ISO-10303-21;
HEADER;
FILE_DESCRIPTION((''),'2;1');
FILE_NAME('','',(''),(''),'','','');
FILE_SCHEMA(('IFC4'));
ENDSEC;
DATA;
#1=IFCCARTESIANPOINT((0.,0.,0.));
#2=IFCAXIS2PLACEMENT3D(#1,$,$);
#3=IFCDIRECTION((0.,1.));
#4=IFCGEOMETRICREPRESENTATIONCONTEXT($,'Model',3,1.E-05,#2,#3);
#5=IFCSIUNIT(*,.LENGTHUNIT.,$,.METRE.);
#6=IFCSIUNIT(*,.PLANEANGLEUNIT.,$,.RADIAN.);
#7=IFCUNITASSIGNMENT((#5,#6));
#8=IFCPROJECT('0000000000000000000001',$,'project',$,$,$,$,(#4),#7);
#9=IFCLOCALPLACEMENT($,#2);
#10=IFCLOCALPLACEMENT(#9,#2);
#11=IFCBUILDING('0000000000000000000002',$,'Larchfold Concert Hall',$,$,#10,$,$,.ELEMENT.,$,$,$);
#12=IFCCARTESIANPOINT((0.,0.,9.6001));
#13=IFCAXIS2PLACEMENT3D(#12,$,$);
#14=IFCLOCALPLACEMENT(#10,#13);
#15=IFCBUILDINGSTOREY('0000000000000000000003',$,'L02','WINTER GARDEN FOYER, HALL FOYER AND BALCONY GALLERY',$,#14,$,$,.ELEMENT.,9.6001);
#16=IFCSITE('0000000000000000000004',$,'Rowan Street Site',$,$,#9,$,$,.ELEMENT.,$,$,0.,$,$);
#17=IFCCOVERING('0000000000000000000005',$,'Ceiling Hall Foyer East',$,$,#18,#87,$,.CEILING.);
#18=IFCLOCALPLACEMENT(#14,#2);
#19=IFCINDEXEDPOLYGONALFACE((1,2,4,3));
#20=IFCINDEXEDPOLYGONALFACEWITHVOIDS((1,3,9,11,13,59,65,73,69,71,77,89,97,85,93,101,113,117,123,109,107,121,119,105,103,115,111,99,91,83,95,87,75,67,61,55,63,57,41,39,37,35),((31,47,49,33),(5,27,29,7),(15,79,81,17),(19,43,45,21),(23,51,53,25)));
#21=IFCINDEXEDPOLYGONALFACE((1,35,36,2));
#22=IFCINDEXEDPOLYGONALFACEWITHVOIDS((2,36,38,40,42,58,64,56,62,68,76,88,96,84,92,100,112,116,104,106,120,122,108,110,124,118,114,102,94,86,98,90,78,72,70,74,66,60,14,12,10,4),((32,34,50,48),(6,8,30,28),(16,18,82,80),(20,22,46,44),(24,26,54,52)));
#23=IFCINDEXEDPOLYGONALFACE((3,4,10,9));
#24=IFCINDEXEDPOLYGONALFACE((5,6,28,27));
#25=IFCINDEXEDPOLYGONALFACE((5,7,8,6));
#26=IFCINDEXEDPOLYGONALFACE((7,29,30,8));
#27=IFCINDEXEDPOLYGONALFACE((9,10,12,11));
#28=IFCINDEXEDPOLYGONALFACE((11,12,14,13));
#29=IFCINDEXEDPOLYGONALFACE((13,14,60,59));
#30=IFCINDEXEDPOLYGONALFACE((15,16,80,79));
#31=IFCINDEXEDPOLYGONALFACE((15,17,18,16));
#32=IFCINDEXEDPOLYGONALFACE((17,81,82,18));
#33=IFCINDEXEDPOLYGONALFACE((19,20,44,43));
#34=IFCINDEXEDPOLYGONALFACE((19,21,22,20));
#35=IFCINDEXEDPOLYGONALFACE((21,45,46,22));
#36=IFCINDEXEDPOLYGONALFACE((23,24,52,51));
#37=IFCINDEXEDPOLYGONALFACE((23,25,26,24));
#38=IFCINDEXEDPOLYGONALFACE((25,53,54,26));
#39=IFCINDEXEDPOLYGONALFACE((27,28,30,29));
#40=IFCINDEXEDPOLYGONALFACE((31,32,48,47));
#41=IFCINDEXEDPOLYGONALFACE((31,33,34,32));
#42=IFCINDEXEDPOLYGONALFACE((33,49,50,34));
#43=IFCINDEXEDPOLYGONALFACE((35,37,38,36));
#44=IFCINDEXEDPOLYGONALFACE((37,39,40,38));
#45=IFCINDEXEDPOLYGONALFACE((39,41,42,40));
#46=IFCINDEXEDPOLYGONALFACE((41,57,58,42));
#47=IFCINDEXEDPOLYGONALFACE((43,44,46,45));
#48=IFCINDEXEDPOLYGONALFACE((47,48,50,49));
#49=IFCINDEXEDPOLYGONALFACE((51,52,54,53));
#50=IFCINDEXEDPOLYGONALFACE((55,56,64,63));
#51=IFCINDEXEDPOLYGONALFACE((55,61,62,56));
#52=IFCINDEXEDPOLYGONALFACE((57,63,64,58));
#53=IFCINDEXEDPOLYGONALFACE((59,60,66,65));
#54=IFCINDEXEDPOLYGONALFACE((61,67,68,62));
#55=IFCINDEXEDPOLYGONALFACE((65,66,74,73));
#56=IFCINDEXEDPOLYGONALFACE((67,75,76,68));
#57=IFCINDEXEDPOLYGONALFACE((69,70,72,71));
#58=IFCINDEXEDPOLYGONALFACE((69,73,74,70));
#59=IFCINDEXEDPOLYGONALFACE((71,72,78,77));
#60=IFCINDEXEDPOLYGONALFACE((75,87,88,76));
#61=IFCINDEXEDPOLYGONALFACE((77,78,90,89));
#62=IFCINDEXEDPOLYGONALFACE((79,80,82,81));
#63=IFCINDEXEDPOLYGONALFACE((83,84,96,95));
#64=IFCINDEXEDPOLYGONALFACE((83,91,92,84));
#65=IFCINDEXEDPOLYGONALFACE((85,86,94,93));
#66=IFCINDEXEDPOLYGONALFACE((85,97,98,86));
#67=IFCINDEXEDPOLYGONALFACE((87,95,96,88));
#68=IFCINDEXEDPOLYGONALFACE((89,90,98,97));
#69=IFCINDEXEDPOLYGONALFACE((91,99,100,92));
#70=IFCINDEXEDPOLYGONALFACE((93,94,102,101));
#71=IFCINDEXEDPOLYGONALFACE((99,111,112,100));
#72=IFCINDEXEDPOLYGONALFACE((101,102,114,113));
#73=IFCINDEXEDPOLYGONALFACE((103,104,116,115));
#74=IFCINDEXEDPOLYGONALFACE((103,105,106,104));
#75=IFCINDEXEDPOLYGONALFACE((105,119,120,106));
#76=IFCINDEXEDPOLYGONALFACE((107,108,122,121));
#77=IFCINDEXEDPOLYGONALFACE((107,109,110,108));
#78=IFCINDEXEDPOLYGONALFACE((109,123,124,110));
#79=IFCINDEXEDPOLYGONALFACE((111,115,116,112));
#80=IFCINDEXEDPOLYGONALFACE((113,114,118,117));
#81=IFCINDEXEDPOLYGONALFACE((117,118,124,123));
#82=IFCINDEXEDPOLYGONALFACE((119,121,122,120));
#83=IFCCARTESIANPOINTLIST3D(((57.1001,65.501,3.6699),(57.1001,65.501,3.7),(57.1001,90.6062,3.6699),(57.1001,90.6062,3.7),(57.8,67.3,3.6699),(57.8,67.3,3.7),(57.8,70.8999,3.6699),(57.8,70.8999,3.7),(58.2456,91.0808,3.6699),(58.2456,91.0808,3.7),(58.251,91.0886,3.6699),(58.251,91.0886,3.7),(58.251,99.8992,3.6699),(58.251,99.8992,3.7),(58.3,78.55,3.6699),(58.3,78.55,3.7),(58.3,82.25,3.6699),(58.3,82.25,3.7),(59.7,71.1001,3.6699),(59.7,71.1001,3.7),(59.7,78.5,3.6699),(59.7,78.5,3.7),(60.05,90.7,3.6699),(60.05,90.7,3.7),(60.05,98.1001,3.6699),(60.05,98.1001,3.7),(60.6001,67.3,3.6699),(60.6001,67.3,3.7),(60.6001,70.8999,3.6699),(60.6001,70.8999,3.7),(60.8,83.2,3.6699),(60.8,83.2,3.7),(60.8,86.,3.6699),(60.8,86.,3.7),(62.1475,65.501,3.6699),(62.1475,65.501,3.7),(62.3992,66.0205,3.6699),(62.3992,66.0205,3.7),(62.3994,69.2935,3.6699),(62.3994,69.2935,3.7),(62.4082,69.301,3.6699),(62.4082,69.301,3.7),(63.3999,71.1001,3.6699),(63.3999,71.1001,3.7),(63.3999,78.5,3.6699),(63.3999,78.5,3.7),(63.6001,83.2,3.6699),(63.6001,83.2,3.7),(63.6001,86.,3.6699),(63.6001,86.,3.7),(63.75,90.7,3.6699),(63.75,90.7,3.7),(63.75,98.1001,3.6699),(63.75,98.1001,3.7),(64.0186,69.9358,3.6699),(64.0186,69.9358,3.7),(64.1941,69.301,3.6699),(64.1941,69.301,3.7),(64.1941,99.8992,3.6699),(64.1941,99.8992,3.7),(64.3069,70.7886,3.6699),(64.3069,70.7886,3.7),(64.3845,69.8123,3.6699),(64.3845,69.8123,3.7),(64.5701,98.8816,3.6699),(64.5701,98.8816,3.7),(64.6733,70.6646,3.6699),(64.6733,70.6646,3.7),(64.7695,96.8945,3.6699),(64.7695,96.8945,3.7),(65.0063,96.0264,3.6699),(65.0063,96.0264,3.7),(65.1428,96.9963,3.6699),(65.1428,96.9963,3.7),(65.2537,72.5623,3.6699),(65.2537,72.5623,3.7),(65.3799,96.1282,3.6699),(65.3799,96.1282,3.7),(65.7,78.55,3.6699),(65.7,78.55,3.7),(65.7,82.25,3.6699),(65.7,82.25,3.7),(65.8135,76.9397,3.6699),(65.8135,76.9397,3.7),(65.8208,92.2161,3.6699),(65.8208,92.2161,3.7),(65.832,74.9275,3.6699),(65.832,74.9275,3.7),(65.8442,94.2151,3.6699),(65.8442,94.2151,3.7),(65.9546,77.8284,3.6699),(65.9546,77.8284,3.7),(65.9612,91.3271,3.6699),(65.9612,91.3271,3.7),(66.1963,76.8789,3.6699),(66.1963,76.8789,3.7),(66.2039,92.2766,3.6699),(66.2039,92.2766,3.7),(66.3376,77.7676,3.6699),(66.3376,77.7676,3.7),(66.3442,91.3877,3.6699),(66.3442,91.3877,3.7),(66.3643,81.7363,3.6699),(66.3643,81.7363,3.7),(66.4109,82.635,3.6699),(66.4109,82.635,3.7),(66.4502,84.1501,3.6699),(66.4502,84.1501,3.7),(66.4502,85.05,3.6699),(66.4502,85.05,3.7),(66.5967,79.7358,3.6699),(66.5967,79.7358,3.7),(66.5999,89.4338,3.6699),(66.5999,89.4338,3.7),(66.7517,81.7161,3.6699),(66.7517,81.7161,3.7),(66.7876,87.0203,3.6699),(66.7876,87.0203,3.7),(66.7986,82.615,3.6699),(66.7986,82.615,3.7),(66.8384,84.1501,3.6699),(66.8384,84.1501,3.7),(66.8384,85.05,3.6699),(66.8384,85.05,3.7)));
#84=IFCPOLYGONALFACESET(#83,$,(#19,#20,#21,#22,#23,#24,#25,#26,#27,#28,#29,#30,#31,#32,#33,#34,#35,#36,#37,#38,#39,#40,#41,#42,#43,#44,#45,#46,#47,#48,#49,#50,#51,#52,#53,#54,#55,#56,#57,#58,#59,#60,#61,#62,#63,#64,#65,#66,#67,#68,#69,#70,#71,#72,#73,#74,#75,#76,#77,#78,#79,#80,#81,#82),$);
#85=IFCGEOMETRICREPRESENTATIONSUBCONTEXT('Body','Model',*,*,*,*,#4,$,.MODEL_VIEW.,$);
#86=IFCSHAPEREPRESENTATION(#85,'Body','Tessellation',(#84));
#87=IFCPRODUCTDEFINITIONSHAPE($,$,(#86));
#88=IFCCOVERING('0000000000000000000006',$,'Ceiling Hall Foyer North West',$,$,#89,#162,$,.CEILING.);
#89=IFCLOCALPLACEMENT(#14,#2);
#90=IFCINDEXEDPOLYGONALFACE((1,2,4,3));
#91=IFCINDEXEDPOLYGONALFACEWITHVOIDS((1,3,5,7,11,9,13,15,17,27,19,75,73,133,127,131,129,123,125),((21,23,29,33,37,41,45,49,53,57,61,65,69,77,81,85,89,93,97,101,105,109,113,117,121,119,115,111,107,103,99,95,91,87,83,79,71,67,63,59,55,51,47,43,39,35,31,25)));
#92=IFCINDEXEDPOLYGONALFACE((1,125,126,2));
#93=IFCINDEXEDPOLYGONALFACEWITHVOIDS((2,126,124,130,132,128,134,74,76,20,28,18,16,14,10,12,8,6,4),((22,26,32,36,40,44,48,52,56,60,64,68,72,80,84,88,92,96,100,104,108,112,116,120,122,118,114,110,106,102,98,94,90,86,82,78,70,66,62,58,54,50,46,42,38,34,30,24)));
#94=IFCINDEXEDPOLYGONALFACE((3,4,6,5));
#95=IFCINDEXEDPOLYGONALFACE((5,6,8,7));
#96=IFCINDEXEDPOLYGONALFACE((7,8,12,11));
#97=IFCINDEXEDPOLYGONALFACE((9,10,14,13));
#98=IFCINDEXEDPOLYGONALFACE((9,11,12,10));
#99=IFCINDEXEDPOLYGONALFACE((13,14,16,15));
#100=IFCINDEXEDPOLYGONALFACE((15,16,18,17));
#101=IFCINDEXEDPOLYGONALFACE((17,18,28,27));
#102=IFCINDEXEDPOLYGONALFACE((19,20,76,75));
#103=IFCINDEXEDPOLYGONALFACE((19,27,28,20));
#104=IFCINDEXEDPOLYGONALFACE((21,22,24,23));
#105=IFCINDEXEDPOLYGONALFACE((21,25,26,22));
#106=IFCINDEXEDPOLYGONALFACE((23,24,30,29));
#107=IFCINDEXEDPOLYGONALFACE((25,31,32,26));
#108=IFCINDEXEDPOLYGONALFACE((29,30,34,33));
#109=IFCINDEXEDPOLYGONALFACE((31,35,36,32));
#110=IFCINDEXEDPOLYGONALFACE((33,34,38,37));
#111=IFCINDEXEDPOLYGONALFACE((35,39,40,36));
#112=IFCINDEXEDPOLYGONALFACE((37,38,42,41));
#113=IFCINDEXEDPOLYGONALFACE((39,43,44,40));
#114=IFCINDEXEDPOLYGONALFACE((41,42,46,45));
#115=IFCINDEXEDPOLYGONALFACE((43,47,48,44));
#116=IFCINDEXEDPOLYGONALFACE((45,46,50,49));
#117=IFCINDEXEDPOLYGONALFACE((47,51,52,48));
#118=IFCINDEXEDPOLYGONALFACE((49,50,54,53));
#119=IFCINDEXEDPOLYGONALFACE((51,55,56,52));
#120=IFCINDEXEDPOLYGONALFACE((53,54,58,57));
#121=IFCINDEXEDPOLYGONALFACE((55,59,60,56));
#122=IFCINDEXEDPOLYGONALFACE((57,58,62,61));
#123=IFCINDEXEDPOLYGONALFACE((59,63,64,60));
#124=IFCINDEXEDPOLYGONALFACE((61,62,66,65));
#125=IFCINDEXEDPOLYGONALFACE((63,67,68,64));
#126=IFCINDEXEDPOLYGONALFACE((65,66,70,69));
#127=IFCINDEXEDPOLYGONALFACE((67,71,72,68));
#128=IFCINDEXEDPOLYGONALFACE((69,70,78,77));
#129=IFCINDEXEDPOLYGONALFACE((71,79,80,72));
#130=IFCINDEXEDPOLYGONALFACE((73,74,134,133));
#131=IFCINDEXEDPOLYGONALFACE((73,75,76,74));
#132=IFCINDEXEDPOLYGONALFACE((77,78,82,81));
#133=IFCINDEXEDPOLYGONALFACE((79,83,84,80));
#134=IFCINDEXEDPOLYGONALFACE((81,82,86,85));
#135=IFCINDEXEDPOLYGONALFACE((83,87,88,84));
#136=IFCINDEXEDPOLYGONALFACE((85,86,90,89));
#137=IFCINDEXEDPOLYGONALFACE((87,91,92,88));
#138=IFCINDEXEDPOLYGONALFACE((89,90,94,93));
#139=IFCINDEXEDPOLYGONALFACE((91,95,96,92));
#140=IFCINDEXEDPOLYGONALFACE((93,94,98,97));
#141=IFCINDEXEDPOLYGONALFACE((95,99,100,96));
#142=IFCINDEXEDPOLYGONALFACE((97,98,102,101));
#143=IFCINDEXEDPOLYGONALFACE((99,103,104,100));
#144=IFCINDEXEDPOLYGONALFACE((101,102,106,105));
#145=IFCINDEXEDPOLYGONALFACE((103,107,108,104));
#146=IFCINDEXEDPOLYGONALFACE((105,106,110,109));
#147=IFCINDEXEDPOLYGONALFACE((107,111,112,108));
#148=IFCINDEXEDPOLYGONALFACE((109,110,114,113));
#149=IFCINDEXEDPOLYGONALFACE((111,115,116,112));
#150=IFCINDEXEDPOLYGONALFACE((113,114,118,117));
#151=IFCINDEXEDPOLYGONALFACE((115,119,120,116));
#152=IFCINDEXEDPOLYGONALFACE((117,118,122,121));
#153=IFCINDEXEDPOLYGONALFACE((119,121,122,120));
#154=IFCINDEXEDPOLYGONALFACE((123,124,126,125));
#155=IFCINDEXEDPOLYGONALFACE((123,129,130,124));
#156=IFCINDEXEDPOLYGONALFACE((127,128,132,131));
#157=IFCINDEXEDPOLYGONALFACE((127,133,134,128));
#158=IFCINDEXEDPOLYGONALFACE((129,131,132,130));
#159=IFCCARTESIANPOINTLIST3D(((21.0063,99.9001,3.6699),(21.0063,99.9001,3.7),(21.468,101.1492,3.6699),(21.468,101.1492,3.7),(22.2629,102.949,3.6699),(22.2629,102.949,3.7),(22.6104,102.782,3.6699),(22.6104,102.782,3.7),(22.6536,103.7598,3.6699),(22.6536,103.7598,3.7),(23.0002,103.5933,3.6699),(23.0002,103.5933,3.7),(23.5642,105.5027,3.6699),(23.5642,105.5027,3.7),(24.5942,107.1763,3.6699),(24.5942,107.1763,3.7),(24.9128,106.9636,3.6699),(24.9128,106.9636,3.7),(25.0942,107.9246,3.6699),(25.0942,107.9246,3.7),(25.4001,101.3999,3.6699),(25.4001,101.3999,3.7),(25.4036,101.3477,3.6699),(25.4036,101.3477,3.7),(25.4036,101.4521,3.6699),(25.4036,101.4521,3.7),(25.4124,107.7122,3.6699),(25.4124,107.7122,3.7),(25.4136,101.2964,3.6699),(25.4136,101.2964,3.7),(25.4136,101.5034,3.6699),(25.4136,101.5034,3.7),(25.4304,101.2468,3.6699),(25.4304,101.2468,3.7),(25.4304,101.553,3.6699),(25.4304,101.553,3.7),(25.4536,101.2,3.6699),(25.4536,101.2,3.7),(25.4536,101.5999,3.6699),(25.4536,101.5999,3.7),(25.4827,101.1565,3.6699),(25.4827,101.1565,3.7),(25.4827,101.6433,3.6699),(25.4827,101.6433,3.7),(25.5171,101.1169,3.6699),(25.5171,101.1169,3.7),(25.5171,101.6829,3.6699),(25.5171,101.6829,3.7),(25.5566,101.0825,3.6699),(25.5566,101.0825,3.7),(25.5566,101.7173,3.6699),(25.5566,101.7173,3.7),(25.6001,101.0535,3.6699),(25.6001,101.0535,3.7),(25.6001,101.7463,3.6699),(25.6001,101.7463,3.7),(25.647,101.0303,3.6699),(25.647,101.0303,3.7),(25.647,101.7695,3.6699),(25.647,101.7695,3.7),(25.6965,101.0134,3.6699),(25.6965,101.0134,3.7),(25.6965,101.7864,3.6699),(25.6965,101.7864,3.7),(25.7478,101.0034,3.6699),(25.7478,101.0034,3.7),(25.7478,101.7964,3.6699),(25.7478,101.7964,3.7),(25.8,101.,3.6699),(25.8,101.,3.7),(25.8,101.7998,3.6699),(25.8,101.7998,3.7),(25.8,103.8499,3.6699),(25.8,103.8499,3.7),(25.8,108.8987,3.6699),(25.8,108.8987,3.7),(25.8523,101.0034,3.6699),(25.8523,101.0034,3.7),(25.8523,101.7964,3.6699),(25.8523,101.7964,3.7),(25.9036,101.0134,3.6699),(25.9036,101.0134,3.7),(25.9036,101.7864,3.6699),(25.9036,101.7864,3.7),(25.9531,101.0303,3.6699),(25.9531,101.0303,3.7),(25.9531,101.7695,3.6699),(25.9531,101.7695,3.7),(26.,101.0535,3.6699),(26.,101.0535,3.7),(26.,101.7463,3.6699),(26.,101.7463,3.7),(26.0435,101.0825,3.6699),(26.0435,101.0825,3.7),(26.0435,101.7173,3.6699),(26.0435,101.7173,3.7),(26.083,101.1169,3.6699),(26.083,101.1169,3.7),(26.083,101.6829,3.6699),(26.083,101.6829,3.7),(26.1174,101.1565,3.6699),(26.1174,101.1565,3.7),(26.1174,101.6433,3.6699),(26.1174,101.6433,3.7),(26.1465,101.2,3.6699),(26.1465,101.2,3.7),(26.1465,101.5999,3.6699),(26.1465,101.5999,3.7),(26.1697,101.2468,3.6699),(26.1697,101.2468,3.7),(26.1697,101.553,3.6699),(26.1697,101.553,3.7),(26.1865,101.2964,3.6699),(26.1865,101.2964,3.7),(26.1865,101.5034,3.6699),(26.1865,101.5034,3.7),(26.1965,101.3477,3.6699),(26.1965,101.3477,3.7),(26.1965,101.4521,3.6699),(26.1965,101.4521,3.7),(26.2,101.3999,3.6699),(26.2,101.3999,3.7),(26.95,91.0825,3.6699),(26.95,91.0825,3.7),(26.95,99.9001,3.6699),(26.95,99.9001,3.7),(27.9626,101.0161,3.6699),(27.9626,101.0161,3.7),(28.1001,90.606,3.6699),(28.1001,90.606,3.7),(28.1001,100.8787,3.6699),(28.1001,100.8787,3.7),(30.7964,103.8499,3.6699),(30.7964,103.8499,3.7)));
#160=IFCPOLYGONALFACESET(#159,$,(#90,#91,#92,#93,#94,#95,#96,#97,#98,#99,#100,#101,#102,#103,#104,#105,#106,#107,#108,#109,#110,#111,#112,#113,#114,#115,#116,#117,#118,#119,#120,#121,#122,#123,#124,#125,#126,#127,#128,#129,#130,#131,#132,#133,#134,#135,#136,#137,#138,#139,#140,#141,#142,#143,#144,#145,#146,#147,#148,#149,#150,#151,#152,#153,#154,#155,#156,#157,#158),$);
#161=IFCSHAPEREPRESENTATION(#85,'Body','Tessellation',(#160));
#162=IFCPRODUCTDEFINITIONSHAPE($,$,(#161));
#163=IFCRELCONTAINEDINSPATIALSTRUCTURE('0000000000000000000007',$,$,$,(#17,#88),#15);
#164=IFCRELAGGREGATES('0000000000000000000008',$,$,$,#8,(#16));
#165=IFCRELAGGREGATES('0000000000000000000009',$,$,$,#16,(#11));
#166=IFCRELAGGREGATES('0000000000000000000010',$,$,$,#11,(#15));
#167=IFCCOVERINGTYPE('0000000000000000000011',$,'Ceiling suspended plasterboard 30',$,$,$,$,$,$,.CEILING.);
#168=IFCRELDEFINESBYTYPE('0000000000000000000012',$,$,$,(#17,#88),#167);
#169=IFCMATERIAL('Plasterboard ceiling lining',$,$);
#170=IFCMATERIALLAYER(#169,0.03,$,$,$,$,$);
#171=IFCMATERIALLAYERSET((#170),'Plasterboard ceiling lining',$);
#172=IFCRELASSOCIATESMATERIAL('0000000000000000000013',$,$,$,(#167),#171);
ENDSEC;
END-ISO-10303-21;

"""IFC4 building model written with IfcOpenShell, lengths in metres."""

from ifc_helpers import new_model, si_unit, direction, frame, origin, place, context, subcontext, project, spatial, polyline, outline, extrude, material, layer, layer_set, type_object, element, save


model = new_model("IFC4")

# Units and contexts
model_context = context("Model", 3, precision=1e-05, world=origin(), true_north=direction((0.0, 1.0)))
body_context = subcontext(model_context, "Body", "Model", "MODEL_VIEW")
ifc_project = project(units=[si_unit("LENGTHUNIT", "METRE"), si_unit("PLANEANGLEUNIT", "RADIAN")], contexts=[model_context])

# Site, building, storey
site_placement = place(None, origin())
site = spatial("IfcSite", under=ifc_project, at=site_placement, Name="Rowan Street Site", CompositionType="ELEMENT", RefElevation=0.0)
building_placement = place(site_placement, origin())
building = spatial("IfcBuilding", under=site, at=building_placement, Name="Larchfold Concert Hall", CompositionType="ELEMENT")
storey_placement = place(building_placement, frame((0.0, 0.0, 9.6001)))
storey = spatial("IfcBuildingStorey", under=building, at=storey_placement, Name="L02", Description="WINTER GARDEN FOYER, HALL FOYER AND BALCONY GALLERY", CompositionType="ELEMENT", Elevation=9.6001)

# Coverings
ifc_material_1 = material(Name="Plasterboard ceiling lining")
ifc_layer_1 = layer(ifc_material_1, 0.03)
ifc_layer_set_1 = layer_set([ifc_layer_1], Name="Plasterboard ceiling lining")
covering_type_1 = type_object("IfcCoveringType", Name="Ceiling suspended plasterboard 30", PredefinedType="CEILING", material=ifc_layer_set_1)
covering_1_placement = place(storey_placement, frame((0.0, 0.0, 3.6699)))
element("IfcCovering", 1, at=covering_1_placement, inside=storey, type_object=covering_type_1, Name="Ceiling Hall Foyer East", PredefinedType="CEILING", context=body_context, shape_type="SweptSolid", body=[
    extrude(outline(polyline([(58.2456, 91.0808), (57.1001, 90.6062), (57.1001, 65.501), (62.1475, 65.501), (62.3992, 66.0205), (62.3994, 69.2935), (62.4082, 69.301), (64.1941, 69.301), (64.3845, 69.8123), (64.0186, 69.9358), (64.3069, 70.7886), (64.6733, 70.6646), (65.2537, 72.5623), (65.832, 74.9275), (66.1963, 76.8789), (65.8135, 76.9397), (65.9546, 77.8284), (66.3376, 77.7676), (66.5967, 79.7358), (66.7517, 81.7161), (66.3643, 81.7363), (66.4109, 82.635), (66.7986, 82.615), (66.8384, 84.1501), (66.4502, 84.1501), (66.4502, 85.05), (66.8384, 85.05), (66.7876, 87.0203), (66.5999, 89.4338), (66.3442, 91.3877), (65.9612, 91.3271), (65.8208, 92.2161), (66.2039, 92.2766), (65.8442, 94.2151), (65.3799, 96.1282), (65.0063, 96.0264), (64.7695, 96.8945), (65.1428, 96.9963), (64.5701, 98.8816), (64.1941, 99.8992), (58.251, 99.8992), (58.251, 91.0886), (58.2456, 91.0808)]), holes=[polyline([(58.3, 82.25), (65.7, 82.25), (65.7, 78.55), (58.3, 78.55), (58.3, 82.25)]), polyline([(60.05, 90.7), (60.05, 98.1001), (63.75, 98.1001), (63.75, 90.7), (60.05, 90.7)]), polyline([(60.8, 86.0), (63.6001, 86.0), (63.6001, 83.2), (60.8, 83.2), (60.8, 86.0)]), polyline([(59.7, 78.5), (63.3999, 78.5), (63.3999, 71.1001), (59.7, 71.1001), (59.7, 78.5)]), polyline([(57.8, 67.3), (57.8, 70.8999), (60.6001, 70.8999), (60.6001, 67.3), (57.8, 67.3)])]), origin(), (0.0, 0.0, 1.0), 0.03),
])
covering_2_placement = place(storey_placement, frame((0.0, 0.0, 3.6699)))
element("IfcCovering", 2, at=covering_2_placement, inside=storey, type_object=covering_type_1, Name="Ceiling Hall Foyer North West", PredefinedType="CEILING", context=body_context, shape_type="SweptSolid", body=[
    extrude(outline(polyline([(26.95, 99.9001), (26.95, 91.0825), (28.1001, 90.606), (28.1001, 100.8787), (27.9626, 101.0161), (30.7964, 103.8499), (25.8, 103.8499), (25.8, 108.8987), (25.0942, 107.9246), (25.4124, 107.7122), (24.9128, 106.9636), (24.5942, 107.1763), (23.5642, 105.5027), (22.6536, 103.7598), (23.0002, 103.5933), (22.6104, 102.782), (22.2629, 102.949), (21.468, 101.1492), (21.0063, 99.9001), (26.95, 99.9001)]), holes=[polyline([(25.6001, 101.0535), (25.5566, 101.0825), (25.5171, 101.1169), (25.4827, 101.1565), (25.4536, 101.2), (25.4304, 101.2468), (25.4136, 101.2964), (25.4036, 101.3477), (25.4001, 101.3999), (25.4036, 101.4521), (25.4136, 101.5034), (25.4304, 101.553), (25.4536, 101.5999), (25.4827, 101.6433), (25.5171, 101.6829), (25.5566, 101.7173), (25.6001, 101.7463), (25.647, 101.7695), (25.6965, 101.7864), (25.7478, 101.7964), (25.8, 101.7998), (25.8523, 101.7964), (25.9036, 101.7864), (25.9531, 101.7695), (26.0, 101.7463), (26.0435, 101.7173), (26.083, 101.6829), (26.1174, 101.6433), (26.1465, 101.5999), (26.1697, 101.553), (26.1865, 101.5034), (26.1965, 101.4521), (26.2, 101.3999), (26.1965, 101.3477), (26.1865, 101.2964), (26.1697, 101.2468), (26.1465, 101.2), (26.1174, 101.1565), (26.083, 101.1169), (26.0435, 101.0825), (26.0, 101.0535), (25.9531, 101.0303), (25.9036, 101.0134), (25.8523, 101.0034), (25.8, 101.0), (25.7478, 101.0034), (25.6965, 101.0134), (25.647, 101.0303), (25.6001, 101.0535)])]), origin(), (0.0, 0.0, 1.0), 0.03),
])

save(model, "model.ifc")
